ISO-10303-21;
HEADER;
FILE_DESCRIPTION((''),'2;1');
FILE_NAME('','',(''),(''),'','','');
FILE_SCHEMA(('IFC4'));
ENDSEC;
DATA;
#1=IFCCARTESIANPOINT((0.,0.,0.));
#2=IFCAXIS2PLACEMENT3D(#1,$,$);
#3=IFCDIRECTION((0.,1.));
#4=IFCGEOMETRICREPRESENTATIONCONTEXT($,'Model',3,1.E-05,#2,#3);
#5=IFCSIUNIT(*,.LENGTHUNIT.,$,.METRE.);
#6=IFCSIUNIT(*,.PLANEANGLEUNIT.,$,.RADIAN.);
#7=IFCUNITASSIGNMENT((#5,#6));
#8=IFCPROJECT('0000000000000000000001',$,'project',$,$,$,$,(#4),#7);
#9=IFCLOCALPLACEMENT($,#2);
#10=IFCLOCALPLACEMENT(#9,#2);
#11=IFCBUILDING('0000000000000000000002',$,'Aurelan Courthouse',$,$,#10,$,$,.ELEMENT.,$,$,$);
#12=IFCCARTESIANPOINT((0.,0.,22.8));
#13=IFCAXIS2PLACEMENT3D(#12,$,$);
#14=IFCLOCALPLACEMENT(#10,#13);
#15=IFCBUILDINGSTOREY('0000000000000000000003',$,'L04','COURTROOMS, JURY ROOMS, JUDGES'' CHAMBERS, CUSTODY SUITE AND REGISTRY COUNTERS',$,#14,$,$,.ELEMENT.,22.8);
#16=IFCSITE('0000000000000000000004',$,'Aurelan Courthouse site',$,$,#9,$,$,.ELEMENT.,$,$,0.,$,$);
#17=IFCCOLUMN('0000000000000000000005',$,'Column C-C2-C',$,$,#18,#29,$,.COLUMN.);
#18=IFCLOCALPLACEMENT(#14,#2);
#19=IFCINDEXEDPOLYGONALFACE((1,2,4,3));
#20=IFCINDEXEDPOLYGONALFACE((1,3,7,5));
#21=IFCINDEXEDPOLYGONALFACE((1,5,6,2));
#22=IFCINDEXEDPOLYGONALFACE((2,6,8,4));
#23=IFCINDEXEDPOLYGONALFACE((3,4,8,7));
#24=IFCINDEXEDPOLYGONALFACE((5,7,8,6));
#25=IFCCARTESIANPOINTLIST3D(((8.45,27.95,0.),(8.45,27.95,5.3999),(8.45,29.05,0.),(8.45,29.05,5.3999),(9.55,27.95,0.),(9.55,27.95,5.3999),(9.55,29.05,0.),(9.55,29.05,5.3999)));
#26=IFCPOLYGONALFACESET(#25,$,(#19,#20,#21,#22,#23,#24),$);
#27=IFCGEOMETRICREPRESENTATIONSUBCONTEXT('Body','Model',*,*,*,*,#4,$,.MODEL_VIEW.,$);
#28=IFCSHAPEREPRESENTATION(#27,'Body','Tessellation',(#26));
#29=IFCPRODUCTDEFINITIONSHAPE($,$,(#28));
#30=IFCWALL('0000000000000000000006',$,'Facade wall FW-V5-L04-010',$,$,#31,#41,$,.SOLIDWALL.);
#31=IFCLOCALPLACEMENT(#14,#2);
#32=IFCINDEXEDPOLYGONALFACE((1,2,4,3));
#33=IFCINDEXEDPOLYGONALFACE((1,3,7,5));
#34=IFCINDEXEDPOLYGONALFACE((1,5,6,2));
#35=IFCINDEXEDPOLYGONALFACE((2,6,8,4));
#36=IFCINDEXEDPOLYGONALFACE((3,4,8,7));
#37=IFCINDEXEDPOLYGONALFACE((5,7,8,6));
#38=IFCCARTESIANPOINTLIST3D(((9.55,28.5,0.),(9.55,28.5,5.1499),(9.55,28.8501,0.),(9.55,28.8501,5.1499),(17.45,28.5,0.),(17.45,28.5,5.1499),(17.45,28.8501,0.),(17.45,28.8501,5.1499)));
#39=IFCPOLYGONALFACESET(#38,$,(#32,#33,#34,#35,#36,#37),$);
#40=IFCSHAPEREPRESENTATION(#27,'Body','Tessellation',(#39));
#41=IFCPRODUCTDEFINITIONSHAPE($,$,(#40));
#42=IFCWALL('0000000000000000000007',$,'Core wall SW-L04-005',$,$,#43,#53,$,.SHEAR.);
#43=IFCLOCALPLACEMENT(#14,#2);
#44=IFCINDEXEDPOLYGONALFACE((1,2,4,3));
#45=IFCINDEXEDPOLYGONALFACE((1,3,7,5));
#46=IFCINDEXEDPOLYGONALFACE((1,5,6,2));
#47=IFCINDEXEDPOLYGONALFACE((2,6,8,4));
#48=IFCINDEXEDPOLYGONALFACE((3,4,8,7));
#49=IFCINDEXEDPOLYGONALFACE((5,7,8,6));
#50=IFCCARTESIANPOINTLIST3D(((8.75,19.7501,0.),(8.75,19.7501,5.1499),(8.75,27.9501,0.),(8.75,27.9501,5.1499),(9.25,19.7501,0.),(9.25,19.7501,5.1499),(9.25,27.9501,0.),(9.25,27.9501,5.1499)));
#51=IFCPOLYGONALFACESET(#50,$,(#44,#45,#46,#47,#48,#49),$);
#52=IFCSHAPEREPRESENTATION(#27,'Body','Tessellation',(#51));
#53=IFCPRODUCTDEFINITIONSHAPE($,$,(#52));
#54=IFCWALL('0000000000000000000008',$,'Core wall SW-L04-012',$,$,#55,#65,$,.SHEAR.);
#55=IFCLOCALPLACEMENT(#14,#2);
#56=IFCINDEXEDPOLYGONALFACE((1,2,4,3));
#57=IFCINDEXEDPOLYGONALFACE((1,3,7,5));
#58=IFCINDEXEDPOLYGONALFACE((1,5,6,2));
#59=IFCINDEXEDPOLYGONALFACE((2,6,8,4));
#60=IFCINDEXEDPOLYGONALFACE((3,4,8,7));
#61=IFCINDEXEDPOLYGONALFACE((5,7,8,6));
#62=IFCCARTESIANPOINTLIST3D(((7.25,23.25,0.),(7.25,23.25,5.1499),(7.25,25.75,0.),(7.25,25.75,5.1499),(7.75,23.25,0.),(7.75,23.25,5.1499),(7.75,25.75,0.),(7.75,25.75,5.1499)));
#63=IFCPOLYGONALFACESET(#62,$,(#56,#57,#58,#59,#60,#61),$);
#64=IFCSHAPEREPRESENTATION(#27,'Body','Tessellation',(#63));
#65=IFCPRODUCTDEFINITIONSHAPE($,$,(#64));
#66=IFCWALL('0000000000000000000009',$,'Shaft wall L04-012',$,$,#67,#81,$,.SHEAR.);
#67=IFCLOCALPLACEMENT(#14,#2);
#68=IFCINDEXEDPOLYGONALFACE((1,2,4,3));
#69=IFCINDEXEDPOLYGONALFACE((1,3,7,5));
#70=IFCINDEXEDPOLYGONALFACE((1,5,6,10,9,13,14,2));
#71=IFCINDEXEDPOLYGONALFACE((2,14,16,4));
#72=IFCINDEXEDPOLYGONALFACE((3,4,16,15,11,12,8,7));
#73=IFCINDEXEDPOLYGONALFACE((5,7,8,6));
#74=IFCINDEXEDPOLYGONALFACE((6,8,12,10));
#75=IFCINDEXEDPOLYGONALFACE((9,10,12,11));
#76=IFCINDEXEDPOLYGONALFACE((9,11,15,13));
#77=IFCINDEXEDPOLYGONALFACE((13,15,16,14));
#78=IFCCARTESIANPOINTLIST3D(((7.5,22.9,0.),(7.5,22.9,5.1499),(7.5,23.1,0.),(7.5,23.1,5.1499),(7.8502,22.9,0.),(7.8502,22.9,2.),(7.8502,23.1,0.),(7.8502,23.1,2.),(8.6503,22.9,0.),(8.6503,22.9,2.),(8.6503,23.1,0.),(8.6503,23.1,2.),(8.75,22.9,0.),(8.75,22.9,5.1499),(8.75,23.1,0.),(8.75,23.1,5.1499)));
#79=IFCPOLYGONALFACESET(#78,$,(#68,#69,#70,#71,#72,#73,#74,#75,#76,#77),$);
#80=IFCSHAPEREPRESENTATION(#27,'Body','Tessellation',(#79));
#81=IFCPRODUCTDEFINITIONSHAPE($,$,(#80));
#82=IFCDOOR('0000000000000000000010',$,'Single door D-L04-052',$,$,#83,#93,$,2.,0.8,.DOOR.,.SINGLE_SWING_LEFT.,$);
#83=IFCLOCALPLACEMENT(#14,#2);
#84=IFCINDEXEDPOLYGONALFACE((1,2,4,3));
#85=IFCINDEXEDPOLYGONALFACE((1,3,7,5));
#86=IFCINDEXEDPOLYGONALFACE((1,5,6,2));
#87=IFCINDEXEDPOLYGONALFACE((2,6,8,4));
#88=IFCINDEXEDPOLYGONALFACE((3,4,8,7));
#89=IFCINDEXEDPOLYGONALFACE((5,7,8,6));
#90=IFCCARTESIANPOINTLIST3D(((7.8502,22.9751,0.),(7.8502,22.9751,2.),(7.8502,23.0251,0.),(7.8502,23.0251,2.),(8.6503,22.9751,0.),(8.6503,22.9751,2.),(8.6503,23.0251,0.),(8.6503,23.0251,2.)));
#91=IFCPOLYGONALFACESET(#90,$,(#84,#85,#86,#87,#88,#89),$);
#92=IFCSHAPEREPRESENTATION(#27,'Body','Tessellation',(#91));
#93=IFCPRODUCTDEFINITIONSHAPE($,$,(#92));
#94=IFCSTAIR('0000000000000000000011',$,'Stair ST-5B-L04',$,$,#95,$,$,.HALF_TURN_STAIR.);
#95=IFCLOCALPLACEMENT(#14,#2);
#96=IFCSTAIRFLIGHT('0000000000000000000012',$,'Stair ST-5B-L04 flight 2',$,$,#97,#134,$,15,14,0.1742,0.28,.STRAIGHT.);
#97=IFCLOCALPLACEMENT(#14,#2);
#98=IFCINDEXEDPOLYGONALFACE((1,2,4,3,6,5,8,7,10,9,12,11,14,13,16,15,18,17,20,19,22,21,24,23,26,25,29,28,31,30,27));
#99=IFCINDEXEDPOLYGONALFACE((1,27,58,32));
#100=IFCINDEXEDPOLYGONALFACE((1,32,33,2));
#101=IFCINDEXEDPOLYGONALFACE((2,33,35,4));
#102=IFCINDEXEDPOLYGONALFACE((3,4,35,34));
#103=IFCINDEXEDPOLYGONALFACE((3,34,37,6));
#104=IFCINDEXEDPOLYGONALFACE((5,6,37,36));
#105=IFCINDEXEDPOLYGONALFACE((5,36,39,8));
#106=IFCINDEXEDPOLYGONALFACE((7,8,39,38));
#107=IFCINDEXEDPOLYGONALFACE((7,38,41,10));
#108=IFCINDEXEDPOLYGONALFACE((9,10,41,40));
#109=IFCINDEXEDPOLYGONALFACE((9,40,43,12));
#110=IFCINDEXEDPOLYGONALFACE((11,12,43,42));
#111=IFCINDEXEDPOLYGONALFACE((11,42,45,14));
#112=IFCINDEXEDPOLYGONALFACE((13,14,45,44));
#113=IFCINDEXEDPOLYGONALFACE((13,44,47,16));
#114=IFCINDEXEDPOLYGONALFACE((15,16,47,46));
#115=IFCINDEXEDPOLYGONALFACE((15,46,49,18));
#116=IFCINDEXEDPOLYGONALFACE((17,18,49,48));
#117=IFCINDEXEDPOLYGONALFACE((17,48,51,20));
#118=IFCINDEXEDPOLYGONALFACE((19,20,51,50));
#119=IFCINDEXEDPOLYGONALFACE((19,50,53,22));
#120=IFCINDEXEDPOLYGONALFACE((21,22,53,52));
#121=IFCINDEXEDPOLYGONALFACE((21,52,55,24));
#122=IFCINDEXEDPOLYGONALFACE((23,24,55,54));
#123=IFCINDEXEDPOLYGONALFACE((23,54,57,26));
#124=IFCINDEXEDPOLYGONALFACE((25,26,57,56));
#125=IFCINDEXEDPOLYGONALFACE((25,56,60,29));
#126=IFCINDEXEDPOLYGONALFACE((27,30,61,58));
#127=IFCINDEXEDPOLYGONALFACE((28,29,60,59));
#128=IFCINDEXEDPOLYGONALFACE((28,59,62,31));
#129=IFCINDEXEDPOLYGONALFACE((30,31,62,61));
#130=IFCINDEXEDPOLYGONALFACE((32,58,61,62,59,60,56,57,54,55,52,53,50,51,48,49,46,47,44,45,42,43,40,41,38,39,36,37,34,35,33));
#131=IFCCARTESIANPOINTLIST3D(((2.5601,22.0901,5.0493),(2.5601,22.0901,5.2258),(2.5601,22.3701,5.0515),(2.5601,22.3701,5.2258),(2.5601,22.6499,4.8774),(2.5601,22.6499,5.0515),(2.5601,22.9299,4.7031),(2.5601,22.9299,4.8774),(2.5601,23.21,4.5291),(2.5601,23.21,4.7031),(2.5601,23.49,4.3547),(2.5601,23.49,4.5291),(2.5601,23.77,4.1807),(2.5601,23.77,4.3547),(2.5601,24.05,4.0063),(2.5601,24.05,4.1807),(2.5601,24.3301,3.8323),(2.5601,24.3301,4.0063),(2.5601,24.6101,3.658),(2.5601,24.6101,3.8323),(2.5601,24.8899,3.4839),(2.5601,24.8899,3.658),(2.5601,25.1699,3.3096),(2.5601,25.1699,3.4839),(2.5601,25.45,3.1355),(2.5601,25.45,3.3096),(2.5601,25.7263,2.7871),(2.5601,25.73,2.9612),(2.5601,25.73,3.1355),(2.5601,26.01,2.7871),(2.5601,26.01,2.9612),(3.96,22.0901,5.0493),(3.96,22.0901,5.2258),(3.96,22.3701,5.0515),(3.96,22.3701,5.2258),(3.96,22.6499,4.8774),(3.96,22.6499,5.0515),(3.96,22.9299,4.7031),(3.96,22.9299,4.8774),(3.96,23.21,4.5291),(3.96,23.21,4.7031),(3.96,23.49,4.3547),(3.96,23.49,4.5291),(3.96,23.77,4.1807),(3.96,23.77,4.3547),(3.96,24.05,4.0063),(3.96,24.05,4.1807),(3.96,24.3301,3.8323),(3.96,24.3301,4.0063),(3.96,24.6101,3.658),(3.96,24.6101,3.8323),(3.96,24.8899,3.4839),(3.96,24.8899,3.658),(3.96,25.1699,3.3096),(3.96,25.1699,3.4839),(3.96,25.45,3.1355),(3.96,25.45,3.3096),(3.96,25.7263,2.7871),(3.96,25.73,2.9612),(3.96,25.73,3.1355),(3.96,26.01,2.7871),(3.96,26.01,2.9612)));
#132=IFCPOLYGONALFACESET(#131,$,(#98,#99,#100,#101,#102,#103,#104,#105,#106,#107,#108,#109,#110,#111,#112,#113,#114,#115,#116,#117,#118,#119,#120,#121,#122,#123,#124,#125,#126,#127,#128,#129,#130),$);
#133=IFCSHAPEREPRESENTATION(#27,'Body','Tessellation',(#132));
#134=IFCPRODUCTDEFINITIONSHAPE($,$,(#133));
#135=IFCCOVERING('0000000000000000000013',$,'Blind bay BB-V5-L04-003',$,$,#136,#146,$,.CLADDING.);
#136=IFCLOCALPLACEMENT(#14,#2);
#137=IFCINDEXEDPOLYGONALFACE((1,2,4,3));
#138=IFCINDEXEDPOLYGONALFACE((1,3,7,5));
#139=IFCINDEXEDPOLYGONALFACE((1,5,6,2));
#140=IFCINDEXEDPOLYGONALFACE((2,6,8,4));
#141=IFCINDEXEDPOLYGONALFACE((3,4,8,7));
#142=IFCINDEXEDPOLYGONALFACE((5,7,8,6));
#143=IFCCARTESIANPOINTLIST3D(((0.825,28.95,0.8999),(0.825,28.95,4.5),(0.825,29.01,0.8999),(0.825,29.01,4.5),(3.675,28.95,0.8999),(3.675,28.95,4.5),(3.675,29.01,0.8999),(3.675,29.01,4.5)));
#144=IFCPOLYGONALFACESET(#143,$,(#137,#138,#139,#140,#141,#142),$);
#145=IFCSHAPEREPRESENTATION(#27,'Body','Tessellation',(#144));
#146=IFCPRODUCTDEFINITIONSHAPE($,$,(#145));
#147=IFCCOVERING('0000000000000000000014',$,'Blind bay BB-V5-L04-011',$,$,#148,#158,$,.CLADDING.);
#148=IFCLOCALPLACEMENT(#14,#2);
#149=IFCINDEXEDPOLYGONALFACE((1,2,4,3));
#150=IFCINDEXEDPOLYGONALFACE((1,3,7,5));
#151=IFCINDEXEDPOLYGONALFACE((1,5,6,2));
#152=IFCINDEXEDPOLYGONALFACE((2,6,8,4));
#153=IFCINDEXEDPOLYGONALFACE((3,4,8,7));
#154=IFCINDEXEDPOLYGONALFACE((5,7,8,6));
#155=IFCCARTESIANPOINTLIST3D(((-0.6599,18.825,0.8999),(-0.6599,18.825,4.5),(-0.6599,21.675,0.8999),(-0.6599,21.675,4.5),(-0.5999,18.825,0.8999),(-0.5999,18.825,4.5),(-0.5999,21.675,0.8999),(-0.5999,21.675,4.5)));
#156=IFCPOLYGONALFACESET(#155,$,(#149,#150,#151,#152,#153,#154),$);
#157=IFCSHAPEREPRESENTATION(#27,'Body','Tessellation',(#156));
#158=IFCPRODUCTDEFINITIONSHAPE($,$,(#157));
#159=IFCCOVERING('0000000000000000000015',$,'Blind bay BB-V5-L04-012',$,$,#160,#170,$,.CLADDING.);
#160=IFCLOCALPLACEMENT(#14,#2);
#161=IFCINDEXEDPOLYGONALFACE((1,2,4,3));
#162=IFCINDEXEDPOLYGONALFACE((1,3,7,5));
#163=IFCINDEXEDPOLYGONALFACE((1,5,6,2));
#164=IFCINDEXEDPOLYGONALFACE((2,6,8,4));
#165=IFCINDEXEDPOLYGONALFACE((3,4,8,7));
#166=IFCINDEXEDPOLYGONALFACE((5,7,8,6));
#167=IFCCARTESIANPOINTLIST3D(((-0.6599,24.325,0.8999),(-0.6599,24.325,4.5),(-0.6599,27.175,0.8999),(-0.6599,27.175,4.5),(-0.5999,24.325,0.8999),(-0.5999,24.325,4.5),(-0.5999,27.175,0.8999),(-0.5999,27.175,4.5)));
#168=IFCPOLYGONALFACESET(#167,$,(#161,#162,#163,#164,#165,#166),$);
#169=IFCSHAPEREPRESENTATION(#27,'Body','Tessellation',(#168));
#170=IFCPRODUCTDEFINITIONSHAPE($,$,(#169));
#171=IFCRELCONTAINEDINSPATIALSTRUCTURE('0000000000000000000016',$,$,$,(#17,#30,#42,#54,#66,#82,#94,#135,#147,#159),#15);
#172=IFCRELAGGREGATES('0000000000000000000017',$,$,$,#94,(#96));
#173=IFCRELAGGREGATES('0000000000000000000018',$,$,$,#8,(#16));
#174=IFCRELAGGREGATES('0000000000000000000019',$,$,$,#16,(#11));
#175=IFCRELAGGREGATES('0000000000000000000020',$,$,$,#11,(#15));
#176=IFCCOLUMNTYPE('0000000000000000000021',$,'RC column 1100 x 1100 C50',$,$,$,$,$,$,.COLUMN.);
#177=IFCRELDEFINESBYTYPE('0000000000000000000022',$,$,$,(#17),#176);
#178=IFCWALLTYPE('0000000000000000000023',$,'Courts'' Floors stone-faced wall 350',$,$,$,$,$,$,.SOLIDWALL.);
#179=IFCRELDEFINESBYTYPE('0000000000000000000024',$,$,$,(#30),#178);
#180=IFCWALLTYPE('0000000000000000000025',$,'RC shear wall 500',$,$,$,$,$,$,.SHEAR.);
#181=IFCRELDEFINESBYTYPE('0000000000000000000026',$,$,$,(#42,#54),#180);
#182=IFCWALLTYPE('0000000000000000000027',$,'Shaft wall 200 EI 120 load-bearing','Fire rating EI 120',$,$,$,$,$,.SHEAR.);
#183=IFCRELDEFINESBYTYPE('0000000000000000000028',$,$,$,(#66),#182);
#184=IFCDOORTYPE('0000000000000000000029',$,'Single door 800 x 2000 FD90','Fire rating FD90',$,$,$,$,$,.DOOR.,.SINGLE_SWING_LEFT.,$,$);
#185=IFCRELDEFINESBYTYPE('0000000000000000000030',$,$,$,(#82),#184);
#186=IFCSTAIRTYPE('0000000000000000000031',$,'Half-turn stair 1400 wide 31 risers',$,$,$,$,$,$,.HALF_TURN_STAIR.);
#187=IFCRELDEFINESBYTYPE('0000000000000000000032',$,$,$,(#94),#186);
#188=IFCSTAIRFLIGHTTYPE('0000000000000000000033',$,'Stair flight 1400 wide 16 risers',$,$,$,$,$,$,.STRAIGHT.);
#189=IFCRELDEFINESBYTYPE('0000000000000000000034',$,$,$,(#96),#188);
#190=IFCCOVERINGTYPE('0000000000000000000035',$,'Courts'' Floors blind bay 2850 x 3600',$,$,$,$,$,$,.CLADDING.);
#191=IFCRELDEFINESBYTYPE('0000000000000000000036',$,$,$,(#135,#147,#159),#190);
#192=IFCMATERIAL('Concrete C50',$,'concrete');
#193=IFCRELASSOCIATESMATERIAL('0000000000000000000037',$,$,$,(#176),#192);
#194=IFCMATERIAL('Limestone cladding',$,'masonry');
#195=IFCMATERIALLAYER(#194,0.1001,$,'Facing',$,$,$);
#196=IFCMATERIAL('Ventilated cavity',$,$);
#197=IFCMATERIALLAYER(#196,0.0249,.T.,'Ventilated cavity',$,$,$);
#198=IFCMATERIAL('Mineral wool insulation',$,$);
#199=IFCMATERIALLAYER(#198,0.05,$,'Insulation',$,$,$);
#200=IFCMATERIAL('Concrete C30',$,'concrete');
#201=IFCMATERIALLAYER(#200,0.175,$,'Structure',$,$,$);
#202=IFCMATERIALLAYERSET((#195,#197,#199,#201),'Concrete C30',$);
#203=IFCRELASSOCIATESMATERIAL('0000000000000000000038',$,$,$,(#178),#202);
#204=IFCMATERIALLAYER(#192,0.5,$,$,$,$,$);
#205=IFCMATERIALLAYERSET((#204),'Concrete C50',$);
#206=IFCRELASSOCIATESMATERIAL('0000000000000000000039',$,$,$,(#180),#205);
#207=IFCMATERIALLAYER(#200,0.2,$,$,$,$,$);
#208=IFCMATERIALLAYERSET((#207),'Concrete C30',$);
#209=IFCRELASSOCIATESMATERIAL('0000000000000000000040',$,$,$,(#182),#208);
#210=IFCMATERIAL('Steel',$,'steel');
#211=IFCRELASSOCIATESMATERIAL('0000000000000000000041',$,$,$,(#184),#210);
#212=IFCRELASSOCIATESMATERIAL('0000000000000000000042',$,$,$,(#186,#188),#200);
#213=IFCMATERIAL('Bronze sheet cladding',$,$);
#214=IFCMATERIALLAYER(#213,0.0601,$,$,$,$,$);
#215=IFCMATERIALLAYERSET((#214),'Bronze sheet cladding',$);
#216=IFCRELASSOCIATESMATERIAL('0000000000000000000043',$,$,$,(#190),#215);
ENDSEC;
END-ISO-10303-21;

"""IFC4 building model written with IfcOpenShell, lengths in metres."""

from ifc_helpers import new_model, si_unit, direction, frame, frame_2d, origin, origin_2d, place, context, subcontext, project, spatial, polyline, rectangle, outline, extrude, material, layer, layer_set, material_profile, profile_set, type_object, element, fill, aggregate, save


model = new_model("IFC4")

# Units and contexts
model_context = context("Model", 3, precision=1e-05, world=origin(), true_north=direction((0.0, 1.0)))
body_context = subcontext(model_context, "Body", "Model", "MODEL_VIEW")
ifc_project = project(units=[si_unit("LENGTHUNIT", "METRE"), si_unit("PLANEANGLEUNIT", "RADIAN")], contexts=[model_context])

# Site, building, storey
site_placement = place(None, origin())
site = spatial("IfcSite", under=ifc_project, at=site_placement, Name="Aurelan Courthouse site", CompositionType="ELEMENT", RefElevation=0.0)
building_placement = place(site_placement, origin())
building = spatial("IfcBuilding", under=site, at=building_placement, Name="Aurelan Courthouse", CompositionType="ELEMENT")
storey_placement = place(building_placement, frame((0.0, 0.0, 22.8)))
storey = spatial("IfcBuildingStorey", under=building, at=storey_placement, Name="L04", Description="COURTROOMS, JURY ROOMS, JUDGES' CHAMBERS, CUSTODY SUITE AND REGISTRY COUNTERS", CompositionType="ELEMENT", Elevation=22.8)

# Column
ifc_material_1 = material(Name="Concrete C50", Category="concrete")
ifc_material_profile = material_profile(ifc_material_1, rectangle(XDim=1.1001, YDim=1.1001, at=origin_2d()), Name="RC 1100 x 1100")
ifc_profile_set = profile_set([ifc_material_profile], Name="Concrete C50")
column_type = type_object("IfcColumnType", Name="RC column 1100 x 1100 C50", PredefinedType="COLUMN", material=ifc_profile_set)
column_placement = place(storey_placement, frame((9.0, 28.5, 0.0), z_axis=(0.0, 0.0, 1.0), x_axis=(1.0, 0.0, 0.0)))
element("IfcColumn", 1, at=column_placement, inside=storey, type_object=column_type, Name="Column C-C2-C", PredefinedType="COLUMN", context=body_context, shape_type="SweptSolid", body=[
    extrude(rectangle(XDim=1.1001, YDim=1.1001, at=origin_2d()), origin(), (0.0, 0.0, 1.0), 5.3999),
])

# Shared definitions
ifc_material_2 = material(Name="Steel", Category="steel")

# Walls
ifc_material_3 = material(Name="Limestone cladding", Category="masonry")
ifc_layer_1 = layer(ifc_material_3, 0.1001, Name="Facing")
ifc_material_4 = material(Name="Ventilated cavity")
ifc_layer_2 = layer(ifc_material_4, 0.0249, ventilated=True, Name="Ventilated cavity")
ifc_material_5 = material(Name="Mineral wool insulation")
ifc_layer_3 = layer(ifc_material_5, 0.05, Name="Insulation")
ifc_material_6 = material(Name="Concrete C30", Category="concrete")
ifc_layer_4 = layer(ifc_material_6, 0.175, Name="Structure")
ifc_layer_set_1 = layer_set([ifc_layer_1, ifc_layer_2, ifc_layer_3, ifc_layer_4], Name="Concrete C30")
wall_type_1 = type_object("IfcWallType", Name="Courts' Floors stone-faced wall 350", PredefinedType="SOLIDWALL", material=ifc_layer_set_1)
wall_1_placement = place(storey_placement, frame((9.55, 28.675, 0.0), z_axis=(0.0, 0.0, 1.0), x_axis=(1.0, 0.0, 0.0)))
element("IfcWall", 2, at=wall_1_placement, inside=storey, type_object=wall_type_1, Name="Facade wall FW-V5-L04-010", PredefinedType="SOLIDWALL", context=body_context, shape_type="SweptSolid", body=[
    extrude(rectangle(XDim=7.8999, YDim=0.3501, at=frame_2d((3.95, 0.0))), origin(), (0.0, 0.0, 1.0), 5.1499),
])
ifc_layer_5 = layer(ifc_material_1, 0.5)
ifc_layer_set_2 = layer_set([ifc_layer_5], Name="Concrete C50")
wall_type_2 = type_object("IfcWallType", Name="RC shear wall 500", PredefinedType="SHEAR", material=ifc_layer_set_2)
wall_2_placement = place(storey_placement, frame((9.0, 19.75, 0.0), z_axis=(0.0, 0.0, 1.0), x_axis=(0.0, 1.0, 0.0)))
element("IfcWall", 3, at=wall_2_placement, inside=storey, type_object=wall_type_2, Name="Core wall SW-L04-005", PredefinedType="SHEAR", context=body_context, shape_type="SweptSolid", body=[
    extrude(rectangle(XDim=8.2, YDim=0.5, at=frame_2d((4.1001, 0.0))), origin(), (0.0, 0.0, 1.0), 5.1499),
])
wall_3_placement = place(storey_placement, frame((7.5, 23.25, 0.0), z_axis=(0.0, 0.0, 1.0), x_axis=(0.0, 1.0, 0.0)))
element("IfcWall", 4, at=wall_3_placement, inside=storey, type_object=wall_type_2, Name="Core wall SW-L04-012", PredefinedType="SHEAR", context=body_context, shape_type="SweptSolid", body=[
    extrude(rectangle(XDim=2.5, YDim=0.5, at=frame_2d((1.25, 0.0))), origin(), (0.0, 0.0, 1.0), 5.1499),
])

# Wall, opening, door
ifc_layer_6 = layer(ifc_material_6, 0.2)
ifc_layer_set_3 = layer_set([ifc_layer_6], Name="Concrete C30")
wall_type_3 = type_object("IfcWallType", Name="Shaft wall 200 EI 120 load-bearing", Description="Fire rating EI 120", PredefinedType="SHEAR", material=ifc_layer_set_3)
wall_4_placement = place(storey_placement, frame((7.5, 23.0, 0.0), z_axis=(0.0, 0.0, 1.0), x_axis=(1.0, 0.0, 0.0)))
wall_4 = element("IfcWall", 5, at=wall_4_placement, inside=storey, type_object=wall_type_3, Name="Shaft wall L04-012", PredefinedType="SHEAR", context=body_context, shape_type="SweptSolid", body=[
    extrude(rectangle(XDim=1.25, YDim=0.2, at=frame_2d((0.625, 0.0))), origin(), (0.0, 0.0, 1.0), 5.1499),
])
opening_1_placement = place(wall_4_placement, frame((1.1501, 0.0, 0.0), z_axis=(0.0, 0.0, 1.0), x_axis=(-1.0, 0.0, 0.0)))
opening_1 = element("IfcOpeningElement", 6, at=opening_1_placement, cuts=wall_4, PredefinedType="OPENING", context=body_context, shape_type="SweptSolid", body=[
    extrude(rectangle(XDim=0.8, YDim=2.0, at=frame_2d((0.3999, 1.0))), frame((0.0, 0.1099, 0.0), z_axis=(0.0, -1.0, 0.0), x_axis=(1.0, 0.0, 0.0)), (0.0, 0.0, 1.0), 0.22),
])
door_type_1 = type_object("IfcDoorType", Name="Single door 800 x 2000 FD90", Description="Fire rating FD90", OperationType="SINGLE_SWING_LEFT", PredefinedType="DOOR", material=ifc_material_2)
door_1_placement = place(opening_1_placement, origin())
door_1 = element("IfcDoor", 7, at=door_1_placement, inside=storey, type_object=door_type_1, Name="Single door D-L04-052", OperationType="SINGLE_SWING_LEFT", OverallHeight=2.0, OverallWidth=0.8, PredefinedType="DOOR", context=body_context, shape_type="SweptSolid", body=[
    extrude(rectangle(XDim=0.8, YDim=2.0, at=frame_2d((0.3999, 1.0))), frame((0.0, 0.0249, 0.0), z_axis=(0.0, -1.0, 0.0), x_axis=(1.0, 0.0, 0.0)), (0.0, 0.0, 1.0), 0.05),
])
fill(opening_1, door_1)

# Stair, stair flight
stair_type = type_object("IfcStairType", Name="Half-turn stair 1400 wide 31 risers", PredefinedType="HALF_TURN_STAIR", material=ifc_material_6)
stair_placement = place(storey_placement, origin())
stair = element("IfcStair", 8, at=stair_placement, inside=storey, type_object=stair_type, Name="Stair ST-5B-L04", PredefinedType="HALF_TURN_STAIR")
stair_flight_type = type_object("IfcStairFlightType", Name="Stair flight 1400 wide 16 risers", PredefinedType="STRAIGHT", material=ifc_material_6)
stair_flight_placement = place(storey_placement, frame((3.26, 26.01, 2.7871), z_axis=(0.0, 0.0, 1.0), x_axis=(0.0, -1.0, 0.0)))
stair_flight = element("IfcStairFlight", 9, at=stair_flight_placement, type_object=stair_flight_type, Name="Stair ST-5B-L04 flight 2", NumberOfRisers=15, NumberOfTreads=14, PredefinedType="STRAIGHT", RiserHeight=0.1742, TreadLength=0.28, context=body_context, shape_type="SweptSolid", body=[
    extrude(outline(polyline([(0.0, 0.0), (0.0, 0.1741), (0.28, 0.1741), (0.28, 0.3484), (0.5601, 0.3484), (0.5601, 0.5225), (0.8401, 0.5225), (0.8401, 0.6968), (1.1201, 0.6968), (1.1201, 0.8708), (1.3999, 0.8708), (1.3999, 1.0452), (1.6799, 1.0452), (1.6799, 1.2192), (1.96, 1.2192), (1.96, 1.3936), (2.24, 1.3936), (2.24, 1.5676), (2.52, 1.5676), (2.52, 1.7419), (2.8, 1.7419), (2.8, 1.916), (3.0801, 1.916), (3.0801, 2.0903), (3.3601, 2.0903), (3.3601, 2.2644), (3.6399, 2.2644), (3.6399, 2.4387), (3.9199, 2.4387), (3.9199, 2.6128), (3.9199, 2.2622), (0.2837, 0.0), (0.0, 0.0)])), frame((0.0, 0.7, 0.0), z_axis=(0.0, -1.0, 0.0), x_axis=(1.0, 0.0, 0.0)), (0.0, 0.0, 1.0), 1.3999),
])
aggregate(stair, [stair_flight])

# Coverings
ifc_material_7 = material(Name="Bronze sheet cladding")
ifc_layer_7 = layer(ifc_material_7, 0.0601)
ifc_layer_set_4 = layer_set([ifc_layer_7], Name="Bronze sheet cladding")
covering_type = type_object("IfcCoveringType", Name="Courts' Floors blind bay 2850 x 3600", PredefinedType="CLADDING", material=ifc_layer_set_4)
covering_placement = place(storey_placement, frame((2.25, 28.98, 0.8999), z_axis=(0.0, 0.0, 1.0), x_axis=(1.0, 0.0, 0.0)))
element("IfcCovering", 10, at=covering_placement, inside=storey, type_object=covering_type, Name="Blind bay BB-V5-L04-003", PredefinedType="CLADDING", context=body_context, shape_type="SweptSolid", body=[
    extrude(rectangle(XDim=2.8501, YDim=0.0601, at=origin_2d()), origin(), (0.0, 0.0, 1.0), 3.6001),
])
for number, where, z_axis, x_axis, name in (
    (11, (-0.6299, 20.25, 0.8999), (0.0, 0.0, 1.0), (1.0, 0.0, 0.0), "Blind bay BB-V5-L04-011"),
    (12, (-0.6299, 25.75, 0.8999), (0.0, 0.0, 1.0), (1.0, 0.0, 0.0), "Blind bay BB-V5-L04-012"),
):
    element("IfcCovering", number, at=place(storey_placement, frame(where, z_axis=z_axis, x_axis=x_axis)), inside=storey, type_object=covering_type, Name=name, PredefinedType="CLADDING", context=body_context, shape_type="SweptSolid", body=[
        extrude(rectangle(XDim=0.0601, YDim=2.8501, at=origin_2d()), origin(), (0.0, 0.0, 1.0), 3.6001),
    ])

save(model, "model.ifc")
